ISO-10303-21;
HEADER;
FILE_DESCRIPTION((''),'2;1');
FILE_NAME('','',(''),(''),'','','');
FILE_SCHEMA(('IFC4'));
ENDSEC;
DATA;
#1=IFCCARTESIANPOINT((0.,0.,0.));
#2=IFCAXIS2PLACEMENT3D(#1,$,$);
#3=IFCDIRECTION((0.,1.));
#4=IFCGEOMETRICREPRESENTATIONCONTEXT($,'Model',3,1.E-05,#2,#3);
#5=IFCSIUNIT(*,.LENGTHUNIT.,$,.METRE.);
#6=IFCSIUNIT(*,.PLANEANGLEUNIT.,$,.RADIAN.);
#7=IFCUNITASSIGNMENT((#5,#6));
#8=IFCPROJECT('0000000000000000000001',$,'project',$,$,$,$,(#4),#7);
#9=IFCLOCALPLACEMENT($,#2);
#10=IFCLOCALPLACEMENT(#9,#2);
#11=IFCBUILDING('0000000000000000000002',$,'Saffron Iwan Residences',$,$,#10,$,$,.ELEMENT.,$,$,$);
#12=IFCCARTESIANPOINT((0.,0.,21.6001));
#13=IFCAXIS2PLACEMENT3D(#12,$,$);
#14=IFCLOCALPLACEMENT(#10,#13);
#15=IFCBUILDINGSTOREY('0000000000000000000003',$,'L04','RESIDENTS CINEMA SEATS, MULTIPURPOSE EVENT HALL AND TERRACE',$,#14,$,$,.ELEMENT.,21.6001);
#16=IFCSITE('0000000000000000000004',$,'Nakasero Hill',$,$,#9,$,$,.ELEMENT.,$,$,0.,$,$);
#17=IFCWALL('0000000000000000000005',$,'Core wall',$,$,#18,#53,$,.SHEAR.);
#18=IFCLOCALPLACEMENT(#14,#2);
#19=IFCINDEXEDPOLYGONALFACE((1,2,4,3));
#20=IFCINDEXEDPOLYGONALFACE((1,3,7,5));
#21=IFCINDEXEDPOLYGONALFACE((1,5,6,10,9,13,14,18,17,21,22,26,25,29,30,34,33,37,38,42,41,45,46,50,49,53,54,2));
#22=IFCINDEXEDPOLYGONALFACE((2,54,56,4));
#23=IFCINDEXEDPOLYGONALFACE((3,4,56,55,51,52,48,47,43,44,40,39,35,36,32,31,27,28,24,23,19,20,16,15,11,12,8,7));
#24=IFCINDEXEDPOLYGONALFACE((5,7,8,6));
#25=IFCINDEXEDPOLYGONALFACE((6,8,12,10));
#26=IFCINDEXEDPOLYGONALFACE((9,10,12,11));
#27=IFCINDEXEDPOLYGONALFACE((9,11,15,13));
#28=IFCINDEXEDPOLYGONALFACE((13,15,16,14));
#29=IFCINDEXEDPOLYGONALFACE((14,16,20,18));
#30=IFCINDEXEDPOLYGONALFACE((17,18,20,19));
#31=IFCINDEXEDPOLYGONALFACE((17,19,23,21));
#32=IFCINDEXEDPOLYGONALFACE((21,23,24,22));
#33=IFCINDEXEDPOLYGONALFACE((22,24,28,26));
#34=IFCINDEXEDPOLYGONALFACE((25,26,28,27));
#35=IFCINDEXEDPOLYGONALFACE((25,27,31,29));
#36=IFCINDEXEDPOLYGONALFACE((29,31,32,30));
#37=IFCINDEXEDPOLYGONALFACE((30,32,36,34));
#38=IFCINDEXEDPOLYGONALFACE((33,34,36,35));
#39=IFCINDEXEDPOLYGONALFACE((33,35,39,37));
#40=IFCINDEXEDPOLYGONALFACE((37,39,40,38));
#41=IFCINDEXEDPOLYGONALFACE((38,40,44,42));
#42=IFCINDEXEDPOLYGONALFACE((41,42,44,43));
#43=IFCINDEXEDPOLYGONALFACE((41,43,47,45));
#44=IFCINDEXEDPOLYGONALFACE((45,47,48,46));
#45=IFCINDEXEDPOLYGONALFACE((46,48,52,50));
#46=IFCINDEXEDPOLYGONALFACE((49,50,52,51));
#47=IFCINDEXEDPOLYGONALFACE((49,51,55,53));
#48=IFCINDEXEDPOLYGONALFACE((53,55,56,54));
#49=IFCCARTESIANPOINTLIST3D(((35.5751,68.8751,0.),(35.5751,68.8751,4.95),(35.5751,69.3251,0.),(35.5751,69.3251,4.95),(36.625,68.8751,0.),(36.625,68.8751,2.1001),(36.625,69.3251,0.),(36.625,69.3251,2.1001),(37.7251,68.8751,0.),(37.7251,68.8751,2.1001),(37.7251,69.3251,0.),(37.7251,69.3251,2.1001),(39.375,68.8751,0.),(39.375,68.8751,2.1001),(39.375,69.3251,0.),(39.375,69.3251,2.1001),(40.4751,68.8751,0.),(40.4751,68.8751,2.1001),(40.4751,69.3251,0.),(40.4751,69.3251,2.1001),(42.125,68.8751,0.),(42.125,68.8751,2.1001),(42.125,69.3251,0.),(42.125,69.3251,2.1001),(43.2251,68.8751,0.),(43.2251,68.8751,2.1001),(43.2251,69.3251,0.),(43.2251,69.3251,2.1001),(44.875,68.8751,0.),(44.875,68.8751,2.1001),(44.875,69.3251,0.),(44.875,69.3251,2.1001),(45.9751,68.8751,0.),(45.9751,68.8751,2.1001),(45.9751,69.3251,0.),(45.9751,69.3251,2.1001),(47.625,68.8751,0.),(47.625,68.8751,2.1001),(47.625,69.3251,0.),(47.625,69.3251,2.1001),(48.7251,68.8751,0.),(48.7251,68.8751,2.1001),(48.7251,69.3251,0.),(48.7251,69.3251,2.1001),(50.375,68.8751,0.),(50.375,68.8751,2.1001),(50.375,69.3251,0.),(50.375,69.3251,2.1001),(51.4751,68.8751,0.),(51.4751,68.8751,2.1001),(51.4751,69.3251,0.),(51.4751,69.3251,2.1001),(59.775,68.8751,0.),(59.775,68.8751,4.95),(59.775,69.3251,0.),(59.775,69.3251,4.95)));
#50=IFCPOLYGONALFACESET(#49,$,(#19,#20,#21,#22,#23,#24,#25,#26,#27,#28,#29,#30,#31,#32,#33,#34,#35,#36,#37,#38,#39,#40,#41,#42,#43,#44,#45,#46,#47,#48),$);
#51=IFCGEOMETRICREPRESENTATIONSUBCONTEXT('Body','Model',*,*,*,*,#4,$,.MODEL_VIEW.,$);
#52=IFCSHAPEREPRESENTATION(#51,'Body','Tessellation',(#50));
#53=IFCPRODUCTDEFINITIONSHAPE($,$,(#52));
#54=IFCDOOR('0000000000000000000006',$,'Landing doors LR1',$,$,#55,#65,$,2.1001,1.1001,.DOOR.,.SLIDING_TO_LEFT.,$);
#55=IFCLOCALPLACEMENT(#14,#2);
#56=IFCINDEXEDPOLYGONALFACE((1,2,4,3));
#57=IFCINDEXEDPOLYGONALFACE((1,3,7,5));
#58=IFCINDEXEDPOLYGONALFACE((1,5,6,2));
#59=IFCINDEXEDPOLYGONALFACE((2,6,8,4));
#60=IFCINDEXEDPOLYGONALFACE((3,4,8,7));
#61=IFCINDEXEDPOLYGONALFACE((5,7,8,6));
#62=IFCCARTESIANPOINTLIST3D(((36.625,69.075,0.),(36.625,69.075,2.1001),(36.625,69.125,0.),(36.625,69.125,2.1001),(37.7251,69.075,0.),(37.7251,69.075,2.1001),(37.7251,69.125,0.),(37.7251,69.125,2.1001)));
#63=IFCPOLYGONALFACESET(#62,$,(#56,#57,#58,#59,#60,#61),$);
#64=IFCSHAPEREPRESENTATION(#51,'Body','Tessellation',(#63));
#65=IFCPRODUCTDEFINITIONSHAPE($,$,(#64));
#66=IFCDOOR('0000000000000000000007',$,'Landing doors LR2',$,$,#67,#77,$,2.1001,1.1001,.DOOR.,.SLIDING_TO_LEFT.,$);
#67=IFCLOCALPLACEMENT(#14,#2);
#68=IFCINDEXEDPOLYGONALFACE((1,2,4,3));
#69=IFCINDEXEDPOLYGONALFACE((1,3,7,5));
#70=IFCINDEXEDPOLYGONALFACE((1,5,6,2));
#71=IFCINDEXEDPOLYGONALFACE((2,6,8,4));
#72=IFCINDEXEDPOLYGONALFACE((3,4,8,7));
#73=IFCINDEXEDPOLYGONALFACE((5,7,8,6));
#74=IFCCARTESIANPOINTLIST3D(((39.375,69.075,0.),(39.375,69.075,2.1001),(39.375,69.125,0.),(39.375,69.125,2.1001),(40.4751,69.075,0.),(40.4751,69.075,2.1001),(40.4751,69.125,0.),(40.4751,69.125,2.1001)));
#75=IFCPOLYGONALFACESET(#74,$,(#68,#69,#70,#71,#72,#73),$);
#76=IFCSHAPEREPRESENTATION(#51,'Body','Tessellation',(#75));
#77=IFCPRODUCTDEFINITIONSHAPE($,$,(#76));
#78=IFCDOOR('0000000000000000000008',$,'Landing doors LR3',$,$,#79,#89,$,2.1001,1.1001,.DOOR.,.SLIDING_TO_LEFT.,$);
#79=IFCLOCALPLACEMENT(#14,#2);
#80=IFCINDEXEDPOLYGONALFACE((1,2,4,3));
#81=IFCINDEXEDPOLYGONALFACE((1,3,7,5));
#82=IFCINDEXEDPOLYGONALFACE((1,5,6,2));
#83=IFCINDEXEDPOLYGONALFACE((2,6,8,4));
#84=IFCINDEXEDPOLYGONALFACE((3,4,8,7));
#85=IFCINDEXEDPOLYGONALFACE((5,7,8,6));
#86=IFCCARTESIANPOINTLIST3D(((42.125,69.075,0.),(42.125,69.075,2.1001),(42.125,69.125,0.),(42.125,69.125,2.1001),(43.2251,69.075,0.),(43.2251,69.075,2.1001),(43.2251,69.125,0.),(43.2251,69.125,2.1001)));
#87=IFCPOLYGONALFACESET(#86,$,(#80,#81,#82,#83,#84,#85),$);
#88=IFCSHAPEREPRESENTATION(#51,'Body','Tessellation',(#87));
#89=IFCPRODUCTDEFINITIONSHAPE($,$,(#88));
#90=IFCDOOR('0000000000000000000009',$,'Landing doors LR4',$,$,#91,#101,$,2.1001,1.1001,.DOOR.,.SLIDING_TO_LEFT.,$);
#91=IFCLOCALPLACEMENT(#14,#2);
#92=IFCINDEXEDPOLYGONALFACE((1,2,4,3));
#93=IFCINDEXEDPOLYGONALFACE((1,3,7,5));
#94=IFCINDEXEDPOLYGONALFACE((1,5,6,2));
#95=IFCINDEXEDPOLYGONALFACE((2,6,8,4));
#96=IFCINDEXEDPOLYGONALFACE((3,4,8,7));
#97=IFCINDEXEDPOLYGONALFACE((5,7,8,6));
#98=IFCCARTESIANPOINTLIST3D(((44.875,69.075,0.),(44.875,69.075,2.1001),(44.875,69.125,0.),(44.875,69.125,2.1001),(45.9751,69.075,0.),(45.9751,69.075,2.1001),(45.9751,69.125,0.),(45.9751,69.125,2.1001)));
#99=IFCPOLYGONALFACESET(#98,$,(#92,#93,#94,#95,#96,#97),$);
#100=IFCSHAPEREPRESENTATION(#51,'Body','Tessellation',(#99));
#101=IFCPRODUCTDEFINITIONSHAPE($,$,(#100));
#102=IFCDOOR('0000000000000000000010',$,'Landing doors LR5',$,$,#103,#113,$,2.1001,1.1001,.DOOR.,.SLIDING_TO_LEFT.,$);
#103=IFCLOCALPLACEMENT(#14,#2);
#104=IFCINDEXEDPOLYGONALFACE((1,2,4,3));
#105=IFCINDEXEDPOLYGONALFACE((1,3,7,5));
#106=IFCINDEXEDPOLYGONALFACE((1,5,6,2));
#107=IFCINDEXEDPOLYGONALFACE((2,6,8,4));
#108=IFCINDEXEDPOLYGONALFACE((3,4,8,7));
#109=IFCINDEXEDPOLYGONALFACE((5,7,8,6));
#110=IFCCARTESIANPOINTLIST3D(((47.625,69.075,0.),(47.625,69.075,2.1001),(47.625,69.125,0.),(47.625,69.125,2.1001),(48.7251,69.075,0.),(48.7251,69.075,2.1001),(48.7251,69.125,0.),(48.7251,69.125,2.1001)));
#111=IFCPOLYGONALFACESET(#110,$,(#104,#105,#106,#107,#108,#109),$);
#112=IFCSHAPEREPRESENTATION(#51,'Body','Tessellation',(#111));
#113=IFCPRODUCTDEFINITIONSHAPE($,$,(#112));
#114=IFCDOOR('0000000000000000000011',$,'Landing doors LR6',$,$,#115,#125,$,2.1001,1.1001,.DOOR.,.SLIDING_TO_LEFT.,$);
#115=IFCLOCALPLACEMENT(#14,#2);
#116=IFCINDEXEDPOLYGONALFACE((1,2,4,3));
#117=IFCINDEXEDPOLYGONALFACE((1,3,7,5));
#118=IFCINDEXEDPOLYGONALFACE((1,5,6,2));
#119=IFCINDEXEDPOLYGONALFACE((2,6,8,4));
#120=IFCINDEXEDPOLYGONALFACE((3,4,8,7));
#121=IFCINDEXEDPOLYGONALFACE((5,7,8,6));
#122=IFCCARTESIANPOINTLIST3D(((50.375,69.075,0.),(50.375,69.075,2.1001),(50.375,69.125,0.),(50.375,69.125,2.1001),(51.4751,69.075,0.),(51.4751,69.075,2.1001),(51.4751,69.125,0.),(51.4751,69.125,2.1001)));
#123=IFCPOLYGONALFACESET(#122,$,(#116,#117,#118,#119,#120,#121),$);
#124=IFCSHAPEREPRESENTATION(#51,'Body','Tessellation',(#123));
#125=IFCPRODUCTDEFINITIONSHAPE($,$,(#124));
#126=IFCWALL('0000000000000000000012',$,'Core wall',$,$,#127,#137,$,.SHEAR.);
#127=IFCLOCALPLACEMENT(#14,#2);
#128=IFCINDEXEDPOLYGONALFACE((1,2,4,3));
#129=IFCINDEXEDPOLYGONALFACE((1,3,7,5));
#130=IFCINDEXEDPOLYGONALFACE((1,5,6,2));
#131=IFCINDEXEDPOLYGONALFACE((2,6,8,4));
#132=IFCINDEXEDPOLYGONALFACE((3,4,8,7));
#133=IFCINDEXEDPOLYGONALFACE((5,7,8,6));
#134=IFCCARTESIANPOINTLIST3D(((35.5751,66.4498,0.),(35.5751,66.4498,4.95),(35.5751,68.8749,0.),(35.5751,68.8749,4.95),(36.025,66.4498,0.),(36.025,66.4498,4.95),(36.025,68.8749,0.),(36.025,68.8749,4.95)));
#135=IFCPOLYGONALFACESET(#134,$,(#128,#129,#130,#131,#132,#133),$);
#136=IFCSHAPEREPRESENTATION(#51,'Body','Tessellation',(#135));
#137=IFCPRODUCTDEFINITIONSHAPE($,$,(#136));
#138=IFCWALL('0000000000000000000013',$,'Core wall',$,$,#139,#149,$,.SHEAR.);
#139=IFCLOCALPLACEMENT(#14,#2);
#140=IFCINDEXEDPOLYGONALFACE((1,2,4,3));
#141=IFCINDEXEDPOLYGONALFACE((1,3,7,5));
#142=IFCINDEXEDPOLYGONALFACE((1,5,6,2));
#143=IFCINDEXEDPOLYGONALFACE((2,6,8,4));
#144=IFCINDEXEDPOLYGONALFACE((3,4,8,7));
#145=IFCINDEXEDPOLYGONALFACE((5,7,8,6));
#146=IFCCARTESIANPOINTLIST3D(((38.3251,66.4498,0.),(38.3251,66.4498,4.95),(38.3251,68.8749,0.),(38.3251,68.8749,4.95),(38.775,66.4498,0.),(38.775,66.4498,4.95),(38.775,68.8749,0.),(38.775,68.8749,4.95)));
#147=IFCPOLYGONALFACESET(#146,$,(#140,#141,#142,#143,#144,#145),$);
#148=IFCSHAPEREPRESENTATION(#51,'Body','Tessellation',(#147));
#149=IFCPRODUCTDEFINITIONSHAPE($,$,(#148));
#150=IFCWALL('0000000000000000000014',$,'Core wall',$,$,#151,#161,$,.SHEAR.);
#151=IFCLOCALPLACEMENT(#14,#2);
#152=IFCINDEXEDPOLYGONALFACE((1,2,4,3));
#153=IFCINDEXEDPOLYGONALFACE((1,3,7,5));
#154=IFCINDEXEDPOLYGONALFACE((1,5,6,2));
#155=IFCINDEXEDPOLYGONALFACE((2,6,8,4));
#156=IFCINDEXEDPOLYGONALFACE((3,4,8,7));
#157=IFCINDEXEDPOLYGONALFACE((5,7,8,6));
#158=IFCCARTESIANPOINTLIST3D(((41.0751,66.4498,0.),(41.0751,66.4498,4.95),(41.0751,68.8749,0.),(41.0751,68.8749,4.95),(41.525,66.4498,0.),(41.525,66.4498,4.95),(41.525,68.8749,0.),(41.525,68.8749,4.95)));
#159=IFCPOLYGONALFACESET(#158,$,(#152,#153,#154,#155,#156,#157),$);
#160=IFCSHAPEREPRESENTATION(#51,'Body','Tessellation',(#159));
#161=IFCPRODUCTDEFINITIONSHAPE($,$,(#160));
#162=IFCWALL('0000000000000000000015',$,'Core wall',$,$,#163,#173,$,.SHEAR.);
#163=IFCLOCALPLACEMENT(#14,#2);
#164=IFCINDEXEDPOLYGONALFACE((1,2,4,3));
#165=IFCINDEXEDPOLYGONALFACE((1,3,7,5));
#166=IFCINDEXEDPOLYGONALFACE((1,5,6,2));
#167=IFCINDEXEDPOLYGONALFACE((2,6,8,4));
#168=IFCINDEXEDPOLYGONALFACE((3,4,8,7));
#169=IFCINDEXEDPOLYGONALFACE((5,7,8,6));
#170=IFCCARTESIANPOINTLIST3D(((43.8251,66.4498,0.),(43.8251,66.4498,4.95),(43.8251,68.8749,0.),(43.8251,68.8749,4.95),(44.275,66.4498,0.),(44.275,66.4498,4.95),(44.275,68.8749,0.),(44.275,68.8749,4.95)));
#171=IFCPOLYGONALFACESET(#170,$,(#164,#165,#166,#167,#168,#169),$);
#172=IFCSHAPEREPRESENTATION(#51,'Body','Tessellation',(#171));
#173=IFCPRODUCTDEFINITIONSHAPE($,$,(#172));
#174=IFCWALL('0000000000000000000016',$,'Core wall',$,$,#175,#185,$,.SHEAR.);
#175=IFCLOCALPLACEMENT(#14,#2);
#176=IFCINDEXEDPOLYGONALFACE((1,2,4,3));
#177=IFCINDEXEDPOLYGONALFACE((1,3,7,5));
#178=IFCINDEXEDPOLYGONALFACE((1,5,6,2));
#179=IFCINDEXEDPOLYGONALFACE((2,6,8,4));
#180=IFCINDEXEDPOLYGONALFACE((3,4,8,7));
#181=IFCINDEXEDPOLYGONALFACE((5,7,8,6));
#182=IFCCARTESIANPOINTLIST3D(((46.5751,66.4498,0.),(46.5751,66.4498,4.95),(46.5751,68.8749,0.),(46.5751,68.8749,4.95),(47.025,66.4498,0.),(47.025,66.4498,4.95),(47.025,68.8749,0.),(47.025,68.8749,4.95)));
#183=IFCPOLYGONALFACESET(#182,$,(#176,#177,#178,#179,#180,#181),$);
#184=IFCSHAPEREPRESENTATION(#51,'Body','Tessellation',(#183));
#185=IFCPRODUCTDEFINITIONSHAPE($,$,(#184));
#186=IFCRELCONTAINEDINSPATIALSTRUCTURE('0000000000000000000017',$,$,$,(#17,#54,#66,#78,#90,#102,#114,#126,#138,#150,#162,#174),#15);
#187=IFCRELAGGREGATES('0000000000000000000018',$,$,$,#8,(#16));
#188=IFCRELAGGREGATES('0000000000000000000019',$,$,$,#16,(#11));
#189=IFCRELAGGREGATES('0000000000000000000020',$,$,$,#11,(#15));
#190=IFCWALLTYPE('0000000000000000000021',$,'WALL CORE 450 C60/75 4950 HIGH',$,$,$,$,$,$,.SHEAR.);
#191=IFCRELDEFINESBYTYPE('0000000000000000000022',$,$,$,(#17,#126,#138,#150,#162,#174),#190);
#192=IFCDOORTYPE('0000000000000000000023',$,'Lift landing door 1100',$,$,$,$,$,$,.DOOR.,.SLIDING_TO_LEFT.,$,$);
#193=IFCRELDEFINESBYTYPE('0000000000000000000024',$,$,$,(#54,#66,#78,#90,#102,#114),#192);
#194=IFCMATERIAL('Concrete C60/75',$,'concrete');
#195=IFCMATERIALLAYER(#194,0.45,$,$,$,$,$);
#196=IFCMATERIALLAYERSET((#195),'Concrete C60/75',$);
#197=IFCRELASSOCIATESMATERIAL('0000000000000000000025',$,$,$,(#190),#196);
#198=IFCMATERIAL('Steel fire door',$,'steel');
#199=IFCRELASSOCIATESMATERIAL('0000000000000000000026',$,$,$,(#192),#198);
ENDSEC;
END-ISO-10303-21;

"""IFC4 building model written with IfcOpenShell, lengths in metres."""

from ifc_helpers import new_model, si_unit, direction, frame, frame_2d, origin, place, context, subcontext, project, spatial, rectangle, extrude, material, layer, layer_set, type_object, element, fill, save


model = new_model("IFC4")

# Units and contexts
model_context = context("Model", 3, precision=1e-05, world=origin(), true_north=direction((0.0, 1.0)))
body_context = subcontext(model_context, "Body", "Model", "MODEL_VIEW")
ifc_project = project(units=[si_unit("LENGTHUNIT", "METRE"), si_unit("PLANEANGLEUNIT", "RADIAN")], contexts=[model_context])

# Site, building, storey
site_placement = place(None, origin())
site = spatial("IfcSite", under=ifc_project, at=site_placement, Name="Nakasero Hill", CompositionType="ELEMENT", RefElevation=0.0)
building_placement = place(site_placement, origin())
building = spatial("IfcBuilding", under=site, at=building_placement, Name="Saffron Iwan Residences", CompositionType="ELEMENT")
storey_placement = place(building_placement, frame((0.0, 0.0, 21.6001)))
storey = spatial("IfcBuildingStorey", under=building, at=storey_placement, Name="L04", Description="RESIDENTS CINEMA SEATS, MULTIPURPOSE EVENT HALL AND TERRACE", CompositionType="ELEMENT", Elevation=21.6001)

# Wall, openings, doors
ifc_material_1 = material(Name="Concrete C60/75", Category="concrete")
ifc_layer = layer(ifc_material_1, 0.45)
ifc_layer_set = layer_set([ifc_layer], Name="Concrete C60/75")
wall_type = type_object("IfcWallType", Name="WALL CORE 450 C60/75 4950 HIGH", PredefinedType="SHEAR", material=ifc_layer_set)
wall_placement = place(storey_placement, frame((35.575, 69.1001, 0.0), z_axis=(0.0, 0.0, 1.0), x_axis=(1.0, 0.0, 0.0)))
wall = element("IfcWall", 1, at=wall_placement, inside=storey, type_object=wall_type, Name="Core wall", PredefinedType="SHEAR", context=body_context, shape_type="SweptSolid", body=[
    extrude(rectangle(XDim=24.2, YDim=0.45, at=frame_2d((12.1001, 0.0))), origin(), (0.0, 0.0, 1.0), 4.95),
])
opening_1_placement = place(wall_placement, frame((1.05, 0.0, 0.0)))
opening_1 = element("IfcOpeningElement", 2, at=opening_1_placement, cuts=wall, PredefinedType="OPENING", context=body_context, shape_type="SweptSolid", body=[
    extrude(rectangle(XDim=1.1001, YDim=2.1001, at=frame_2d((0.55, 1.05))), frame((0.0, 0.2349, 0.0), z_axis=(0.0, -1.0, 0.0), x_axis=(1.0, 0.0, 0.0)), (0.0, 0.0, 1.0), 0.47),
])
opening_2_placement = place(wall_placement, frame((3.8, 0.0, 0.0)))
opening_2 = element("IfcOpeningElement", 3, at=opening_2_placement, cuts=wall, PredefinedType="OPENING", context=body_context, shape_type="SweptSolid", body=[
    extrude(rectangle(XDim=1.1001, YDim=2.1001, at=frame_2d((0.55, 1.05))), frame((0.0, 0.2349, 0.0), z_axis=(0.0, -1.0, 0.0), x_axis=(1.0, 0.0, 0.0)), (0.0, 0.0, 1.0), 0.47),
])
opening_3_placement = place(wall_placement, frame((6.55, 0.0, 0.0)))
opening_3 = element("IfcOpeningElement", 4, at=opening_3_placement, cuts=wall, PredefinedType="OPENING", context=body_context, shape_type="SweptSolid", body=[
    extrude(rectangle(XDim=1.1001, YDim=2.1001, at=frame_2d((0.55, 1.05))), frame((0.0, 0.2349, 0.0), z_axis=(0.0, -1.0, 0.0), x_axis=(1.0, 0.0, 0.0)), (0.0, 0.0, 1.0), 0.47),
])
opening_4_placement = place(wall_placement, frame((9.3, 0.0, 0.0)))
opening_4 = element("IfcOpeningElement", 5, at=opening_4_placement, cuts=wall, PredefinedType="OPENING", context=body_context, shape_type="SweptSolid", body=[
    extrude(rectangle(XDim=1.1001, YDim=2.1001, at=frame_2d((0.55, 1.05))), frame((0.0, 0.2349, 0.0), z_axis=(0.0, -1.0, 0.0), x_axis=(1.0, 0.0, 0.0)), (0.0, 0.0, 1.0), 0.47),
])
opening_5_placement = place(wall_placement, frame((12.05, 0.0, 0.0)))
opening_5 = element("IfcOpeningElement", 6, at=opening_5_placement, cuts=wall, PredefinedType="OPENING", context=body_context, shape_type="SweptSolid", body=[
    extrude(rectangle(XDim=1.1001, YDim=2.1001, at=frame_2d((0.55, 1.05))), frame((0.0, 0.2349, 0.0), z_axis=(0.0, -1.0, 0.0), x_axis=(1.0, 0.0, 0.0)), (0.0, 0.0, 1.0), 0.47),
])
opening_6_placement = place(wall_placement, frame((14.8, 0.0, 0.0)))
opening_6 = element("IfcOpeningElement", 7, at=opening_6_placement, cuts=wall, PredefinedType="OPENING", context=body_context, shape_type="SweptSolid", body=[
    extrude(rectangle(XDim=1.1001, YDim=2.1001, at=frame_2d((0.55, 1.05))), frame((0.0, 0.2349, 0.0), z_axis=(0.0, -1.0, 0.0), x_axis=(1.0, 0.0, 0.0)), (0.0, 0.0, 1.0), 0.47),
])
ifc_material_2 = material(Name="Steel fire door", Category="steel")
door_type = type_object("IfcDoorType", Name="Lift landing door 1100", OperationType="SLIDING_TO_LEFT", PredefinedType="DOOR", material=ifc_material_2)
door_1_placement = place(opening_1_placement, origin())
door_1 = element("IfcDoor", 8, at=door_1_placement, inside=storey, type_object=door_type, Name="Landing doors LR1", OperationType="SLIDING_TO_LEFT", OverallHeight=2.1001, OverallWidth=1.1001, PredefinedType="DOOR", context=body_context, shape_type="SweptSolid", body=[
    extrude(rectangle(XDim=1.1001, YDim=2.1001, at=frame_2d((0.55, 1.05))), frame((0.0, 0.0249, 0.0), z_axis=(0.0, -1.0, 0.0), x_axis=(1.0, 0.0, 0.0)), (0.0, 0.0, 1.0), 0.05),
])
fill(opening_1, door_1)
door_2_placement = place(opening_2_placement, origin())
door_2 = element("IfcDoor", 9, at=door_2_placement, inside=storey, type_object=door_type, Name="Landing doors LR2", OperationType="SLIDING_TO_LEFT", OverallHeight=2.1001, OverallWidth=1.1001, PredefinedType="DOOR", context=body_context, shape_type="SweptSolid", body=[
    extrude(rectangle(XDim=1.1001, YDim=2.1001, at=frame_2d((0.55, 1.05))), frame((0.0, 0.0249, 0.0), z_axis=(0.0, -1.0, 0.0), x_axis=(1.0, 0.0, 0.0)), (0.0, 0.0, 1.0), 0.05),
])
fill(opening_2, door_2)
door_3_placement = place(opening_3_placement, origin())
door_3 = element("IfcDoor", 10, at=door_3_placement, inside=storey, type_object=door_type, Name="Landing doors LR3", OperationType="SLIDING_TO_LEFT", OverallHeight=2.1001, OverallWidth=1.1001, PredefinedType="DOOR", context=body_context, shape_type="SweptSolid", body=[
    extrude(rectangle(XDim=1.1001, YDim=2.1001, at=frame_2d((0.55, 1.05))), frame((0.0, 0.0249, 0.0), z_axis=(0.0, -1.0, 0.0), x_axis=(1.0, 0.0, 0.0)), (0.0, 0.0, 1.0), 0.05),
])
fill(opening_3, door_3)
door_4_placement = place(opening_4_placement, origin())
door_4 = element("IfcDoor", 11, at=door_4_placement, inside=storey, type_object=door_type, Name="Landing doors LR4", OperationType="SLIDING_TO_LEFT", OverallHeight=2.1001, OverallWidth=1.1001, PredefinedType="DOOR", context=body_context, shape_type="SweptSolid", body=[
    extrude(rectangle(XDim=1.1001, YDim=2.1001, at=frame_2d((0.55, 1.05))), frame((0.0, 0.0249, 0.0), z_axis=(0.0, -1.0, 0.0), x_axis=(1.0, 0.0, 0.0)), (0.0, 0.0, 1.0), 0.05),
])
fill(opening_4, door_4)
door_5_placement = place(opening_5_placement, origin())
door_5 = element("IfcDoor", 12, at=door_5_placement, inside=storey, type_object=door_type, Name="Landing doors LR5", OperationType="SLIDING_TO_LEFT", OverallHeight=2.1001, OverallWidth=1.1001, PredefinedType="DOOR", context=body_context, shape_type="SweptSolid", body=[
    extrude(rectangle(XDim=1.1001, YDim=2.1001, at=frame_2d((0.55, 1.05))), frame((0.0, 0.0249, 0.0), z_axis=(0.0, -1.0, 0.0), x_axis=(1.0, 0.0, 0.0)), (0.0, 0.0, 1.0), 0.05),
])
fill(opening_5, door_5)
door_6_placement = place(opening_6_placement, origin())
door_6 = element("IfcDoor", 13, at=door_6_placement, inside=storey, type_object=door_type, Name="Landing doors LR6", OperationType="SLIDING_TO_LEFT", OverallHeight=2.1001, OverallWidth=1.1001, PredefinedType="DOOR", context=body_context, shape_type="SweptSolid", body=[
    extrude(rectangle(XDim=1.1001, YDim=2.1001, at=frame_2d((0.55, 1.05))), frame((0.0, 0.0249, 0.0), z_axis=(0.0, -1.0, 0.0), x_axis=(1.0, 0.0, 0.0)), (0.0, 0.0, 1.0), 0.05),
])
fill(opening_6, door_6)

# Walls
for number, where, z_axis, x_axis, name in (
    (14, (35.8, 66.45, 0.0), (0.0, 0.0, 1.0), (0.0, 1.0, 0.0), "Core wall"),
    (15, (38.55, 66.45, 0.0), (0.0, 0.0, 1.0), (0.0, 1.0, 0.0), "Core wall"),
    (16, (41.3, 66.45, 0.0), (0.0, 0.0, 1.0), (0.0, 1.0, 0.0), "Core wall"),
    (17, (44.05, 66.45, 0.0), (0.0, 0.0, 1.0), (0.0, 1.0, 0.0), "Core wall"),
    (18, (46.8, 66.45, 0.0), (0.0, 0.0, 1.0), (0.0, 1.0, 0.0), "Core wall"),
):
    element("IfcWall", number, at=place(storey_placement, frame(where, z_axis=z_axis, x_axis=x_axis)), inside=storey, type_object=wall_type, Name=name, PredefinedType="SHEAR", context=body_context, shape_type="SweptSolid", body=[
        extrude(rectangle(XDim=2.425, YDim=0.45, at=frame_2d((1.2124, 0.0))), origin(), (0.0, 0.0, 1.0), 4.95),
    ])

save(model, "model.ifc")
